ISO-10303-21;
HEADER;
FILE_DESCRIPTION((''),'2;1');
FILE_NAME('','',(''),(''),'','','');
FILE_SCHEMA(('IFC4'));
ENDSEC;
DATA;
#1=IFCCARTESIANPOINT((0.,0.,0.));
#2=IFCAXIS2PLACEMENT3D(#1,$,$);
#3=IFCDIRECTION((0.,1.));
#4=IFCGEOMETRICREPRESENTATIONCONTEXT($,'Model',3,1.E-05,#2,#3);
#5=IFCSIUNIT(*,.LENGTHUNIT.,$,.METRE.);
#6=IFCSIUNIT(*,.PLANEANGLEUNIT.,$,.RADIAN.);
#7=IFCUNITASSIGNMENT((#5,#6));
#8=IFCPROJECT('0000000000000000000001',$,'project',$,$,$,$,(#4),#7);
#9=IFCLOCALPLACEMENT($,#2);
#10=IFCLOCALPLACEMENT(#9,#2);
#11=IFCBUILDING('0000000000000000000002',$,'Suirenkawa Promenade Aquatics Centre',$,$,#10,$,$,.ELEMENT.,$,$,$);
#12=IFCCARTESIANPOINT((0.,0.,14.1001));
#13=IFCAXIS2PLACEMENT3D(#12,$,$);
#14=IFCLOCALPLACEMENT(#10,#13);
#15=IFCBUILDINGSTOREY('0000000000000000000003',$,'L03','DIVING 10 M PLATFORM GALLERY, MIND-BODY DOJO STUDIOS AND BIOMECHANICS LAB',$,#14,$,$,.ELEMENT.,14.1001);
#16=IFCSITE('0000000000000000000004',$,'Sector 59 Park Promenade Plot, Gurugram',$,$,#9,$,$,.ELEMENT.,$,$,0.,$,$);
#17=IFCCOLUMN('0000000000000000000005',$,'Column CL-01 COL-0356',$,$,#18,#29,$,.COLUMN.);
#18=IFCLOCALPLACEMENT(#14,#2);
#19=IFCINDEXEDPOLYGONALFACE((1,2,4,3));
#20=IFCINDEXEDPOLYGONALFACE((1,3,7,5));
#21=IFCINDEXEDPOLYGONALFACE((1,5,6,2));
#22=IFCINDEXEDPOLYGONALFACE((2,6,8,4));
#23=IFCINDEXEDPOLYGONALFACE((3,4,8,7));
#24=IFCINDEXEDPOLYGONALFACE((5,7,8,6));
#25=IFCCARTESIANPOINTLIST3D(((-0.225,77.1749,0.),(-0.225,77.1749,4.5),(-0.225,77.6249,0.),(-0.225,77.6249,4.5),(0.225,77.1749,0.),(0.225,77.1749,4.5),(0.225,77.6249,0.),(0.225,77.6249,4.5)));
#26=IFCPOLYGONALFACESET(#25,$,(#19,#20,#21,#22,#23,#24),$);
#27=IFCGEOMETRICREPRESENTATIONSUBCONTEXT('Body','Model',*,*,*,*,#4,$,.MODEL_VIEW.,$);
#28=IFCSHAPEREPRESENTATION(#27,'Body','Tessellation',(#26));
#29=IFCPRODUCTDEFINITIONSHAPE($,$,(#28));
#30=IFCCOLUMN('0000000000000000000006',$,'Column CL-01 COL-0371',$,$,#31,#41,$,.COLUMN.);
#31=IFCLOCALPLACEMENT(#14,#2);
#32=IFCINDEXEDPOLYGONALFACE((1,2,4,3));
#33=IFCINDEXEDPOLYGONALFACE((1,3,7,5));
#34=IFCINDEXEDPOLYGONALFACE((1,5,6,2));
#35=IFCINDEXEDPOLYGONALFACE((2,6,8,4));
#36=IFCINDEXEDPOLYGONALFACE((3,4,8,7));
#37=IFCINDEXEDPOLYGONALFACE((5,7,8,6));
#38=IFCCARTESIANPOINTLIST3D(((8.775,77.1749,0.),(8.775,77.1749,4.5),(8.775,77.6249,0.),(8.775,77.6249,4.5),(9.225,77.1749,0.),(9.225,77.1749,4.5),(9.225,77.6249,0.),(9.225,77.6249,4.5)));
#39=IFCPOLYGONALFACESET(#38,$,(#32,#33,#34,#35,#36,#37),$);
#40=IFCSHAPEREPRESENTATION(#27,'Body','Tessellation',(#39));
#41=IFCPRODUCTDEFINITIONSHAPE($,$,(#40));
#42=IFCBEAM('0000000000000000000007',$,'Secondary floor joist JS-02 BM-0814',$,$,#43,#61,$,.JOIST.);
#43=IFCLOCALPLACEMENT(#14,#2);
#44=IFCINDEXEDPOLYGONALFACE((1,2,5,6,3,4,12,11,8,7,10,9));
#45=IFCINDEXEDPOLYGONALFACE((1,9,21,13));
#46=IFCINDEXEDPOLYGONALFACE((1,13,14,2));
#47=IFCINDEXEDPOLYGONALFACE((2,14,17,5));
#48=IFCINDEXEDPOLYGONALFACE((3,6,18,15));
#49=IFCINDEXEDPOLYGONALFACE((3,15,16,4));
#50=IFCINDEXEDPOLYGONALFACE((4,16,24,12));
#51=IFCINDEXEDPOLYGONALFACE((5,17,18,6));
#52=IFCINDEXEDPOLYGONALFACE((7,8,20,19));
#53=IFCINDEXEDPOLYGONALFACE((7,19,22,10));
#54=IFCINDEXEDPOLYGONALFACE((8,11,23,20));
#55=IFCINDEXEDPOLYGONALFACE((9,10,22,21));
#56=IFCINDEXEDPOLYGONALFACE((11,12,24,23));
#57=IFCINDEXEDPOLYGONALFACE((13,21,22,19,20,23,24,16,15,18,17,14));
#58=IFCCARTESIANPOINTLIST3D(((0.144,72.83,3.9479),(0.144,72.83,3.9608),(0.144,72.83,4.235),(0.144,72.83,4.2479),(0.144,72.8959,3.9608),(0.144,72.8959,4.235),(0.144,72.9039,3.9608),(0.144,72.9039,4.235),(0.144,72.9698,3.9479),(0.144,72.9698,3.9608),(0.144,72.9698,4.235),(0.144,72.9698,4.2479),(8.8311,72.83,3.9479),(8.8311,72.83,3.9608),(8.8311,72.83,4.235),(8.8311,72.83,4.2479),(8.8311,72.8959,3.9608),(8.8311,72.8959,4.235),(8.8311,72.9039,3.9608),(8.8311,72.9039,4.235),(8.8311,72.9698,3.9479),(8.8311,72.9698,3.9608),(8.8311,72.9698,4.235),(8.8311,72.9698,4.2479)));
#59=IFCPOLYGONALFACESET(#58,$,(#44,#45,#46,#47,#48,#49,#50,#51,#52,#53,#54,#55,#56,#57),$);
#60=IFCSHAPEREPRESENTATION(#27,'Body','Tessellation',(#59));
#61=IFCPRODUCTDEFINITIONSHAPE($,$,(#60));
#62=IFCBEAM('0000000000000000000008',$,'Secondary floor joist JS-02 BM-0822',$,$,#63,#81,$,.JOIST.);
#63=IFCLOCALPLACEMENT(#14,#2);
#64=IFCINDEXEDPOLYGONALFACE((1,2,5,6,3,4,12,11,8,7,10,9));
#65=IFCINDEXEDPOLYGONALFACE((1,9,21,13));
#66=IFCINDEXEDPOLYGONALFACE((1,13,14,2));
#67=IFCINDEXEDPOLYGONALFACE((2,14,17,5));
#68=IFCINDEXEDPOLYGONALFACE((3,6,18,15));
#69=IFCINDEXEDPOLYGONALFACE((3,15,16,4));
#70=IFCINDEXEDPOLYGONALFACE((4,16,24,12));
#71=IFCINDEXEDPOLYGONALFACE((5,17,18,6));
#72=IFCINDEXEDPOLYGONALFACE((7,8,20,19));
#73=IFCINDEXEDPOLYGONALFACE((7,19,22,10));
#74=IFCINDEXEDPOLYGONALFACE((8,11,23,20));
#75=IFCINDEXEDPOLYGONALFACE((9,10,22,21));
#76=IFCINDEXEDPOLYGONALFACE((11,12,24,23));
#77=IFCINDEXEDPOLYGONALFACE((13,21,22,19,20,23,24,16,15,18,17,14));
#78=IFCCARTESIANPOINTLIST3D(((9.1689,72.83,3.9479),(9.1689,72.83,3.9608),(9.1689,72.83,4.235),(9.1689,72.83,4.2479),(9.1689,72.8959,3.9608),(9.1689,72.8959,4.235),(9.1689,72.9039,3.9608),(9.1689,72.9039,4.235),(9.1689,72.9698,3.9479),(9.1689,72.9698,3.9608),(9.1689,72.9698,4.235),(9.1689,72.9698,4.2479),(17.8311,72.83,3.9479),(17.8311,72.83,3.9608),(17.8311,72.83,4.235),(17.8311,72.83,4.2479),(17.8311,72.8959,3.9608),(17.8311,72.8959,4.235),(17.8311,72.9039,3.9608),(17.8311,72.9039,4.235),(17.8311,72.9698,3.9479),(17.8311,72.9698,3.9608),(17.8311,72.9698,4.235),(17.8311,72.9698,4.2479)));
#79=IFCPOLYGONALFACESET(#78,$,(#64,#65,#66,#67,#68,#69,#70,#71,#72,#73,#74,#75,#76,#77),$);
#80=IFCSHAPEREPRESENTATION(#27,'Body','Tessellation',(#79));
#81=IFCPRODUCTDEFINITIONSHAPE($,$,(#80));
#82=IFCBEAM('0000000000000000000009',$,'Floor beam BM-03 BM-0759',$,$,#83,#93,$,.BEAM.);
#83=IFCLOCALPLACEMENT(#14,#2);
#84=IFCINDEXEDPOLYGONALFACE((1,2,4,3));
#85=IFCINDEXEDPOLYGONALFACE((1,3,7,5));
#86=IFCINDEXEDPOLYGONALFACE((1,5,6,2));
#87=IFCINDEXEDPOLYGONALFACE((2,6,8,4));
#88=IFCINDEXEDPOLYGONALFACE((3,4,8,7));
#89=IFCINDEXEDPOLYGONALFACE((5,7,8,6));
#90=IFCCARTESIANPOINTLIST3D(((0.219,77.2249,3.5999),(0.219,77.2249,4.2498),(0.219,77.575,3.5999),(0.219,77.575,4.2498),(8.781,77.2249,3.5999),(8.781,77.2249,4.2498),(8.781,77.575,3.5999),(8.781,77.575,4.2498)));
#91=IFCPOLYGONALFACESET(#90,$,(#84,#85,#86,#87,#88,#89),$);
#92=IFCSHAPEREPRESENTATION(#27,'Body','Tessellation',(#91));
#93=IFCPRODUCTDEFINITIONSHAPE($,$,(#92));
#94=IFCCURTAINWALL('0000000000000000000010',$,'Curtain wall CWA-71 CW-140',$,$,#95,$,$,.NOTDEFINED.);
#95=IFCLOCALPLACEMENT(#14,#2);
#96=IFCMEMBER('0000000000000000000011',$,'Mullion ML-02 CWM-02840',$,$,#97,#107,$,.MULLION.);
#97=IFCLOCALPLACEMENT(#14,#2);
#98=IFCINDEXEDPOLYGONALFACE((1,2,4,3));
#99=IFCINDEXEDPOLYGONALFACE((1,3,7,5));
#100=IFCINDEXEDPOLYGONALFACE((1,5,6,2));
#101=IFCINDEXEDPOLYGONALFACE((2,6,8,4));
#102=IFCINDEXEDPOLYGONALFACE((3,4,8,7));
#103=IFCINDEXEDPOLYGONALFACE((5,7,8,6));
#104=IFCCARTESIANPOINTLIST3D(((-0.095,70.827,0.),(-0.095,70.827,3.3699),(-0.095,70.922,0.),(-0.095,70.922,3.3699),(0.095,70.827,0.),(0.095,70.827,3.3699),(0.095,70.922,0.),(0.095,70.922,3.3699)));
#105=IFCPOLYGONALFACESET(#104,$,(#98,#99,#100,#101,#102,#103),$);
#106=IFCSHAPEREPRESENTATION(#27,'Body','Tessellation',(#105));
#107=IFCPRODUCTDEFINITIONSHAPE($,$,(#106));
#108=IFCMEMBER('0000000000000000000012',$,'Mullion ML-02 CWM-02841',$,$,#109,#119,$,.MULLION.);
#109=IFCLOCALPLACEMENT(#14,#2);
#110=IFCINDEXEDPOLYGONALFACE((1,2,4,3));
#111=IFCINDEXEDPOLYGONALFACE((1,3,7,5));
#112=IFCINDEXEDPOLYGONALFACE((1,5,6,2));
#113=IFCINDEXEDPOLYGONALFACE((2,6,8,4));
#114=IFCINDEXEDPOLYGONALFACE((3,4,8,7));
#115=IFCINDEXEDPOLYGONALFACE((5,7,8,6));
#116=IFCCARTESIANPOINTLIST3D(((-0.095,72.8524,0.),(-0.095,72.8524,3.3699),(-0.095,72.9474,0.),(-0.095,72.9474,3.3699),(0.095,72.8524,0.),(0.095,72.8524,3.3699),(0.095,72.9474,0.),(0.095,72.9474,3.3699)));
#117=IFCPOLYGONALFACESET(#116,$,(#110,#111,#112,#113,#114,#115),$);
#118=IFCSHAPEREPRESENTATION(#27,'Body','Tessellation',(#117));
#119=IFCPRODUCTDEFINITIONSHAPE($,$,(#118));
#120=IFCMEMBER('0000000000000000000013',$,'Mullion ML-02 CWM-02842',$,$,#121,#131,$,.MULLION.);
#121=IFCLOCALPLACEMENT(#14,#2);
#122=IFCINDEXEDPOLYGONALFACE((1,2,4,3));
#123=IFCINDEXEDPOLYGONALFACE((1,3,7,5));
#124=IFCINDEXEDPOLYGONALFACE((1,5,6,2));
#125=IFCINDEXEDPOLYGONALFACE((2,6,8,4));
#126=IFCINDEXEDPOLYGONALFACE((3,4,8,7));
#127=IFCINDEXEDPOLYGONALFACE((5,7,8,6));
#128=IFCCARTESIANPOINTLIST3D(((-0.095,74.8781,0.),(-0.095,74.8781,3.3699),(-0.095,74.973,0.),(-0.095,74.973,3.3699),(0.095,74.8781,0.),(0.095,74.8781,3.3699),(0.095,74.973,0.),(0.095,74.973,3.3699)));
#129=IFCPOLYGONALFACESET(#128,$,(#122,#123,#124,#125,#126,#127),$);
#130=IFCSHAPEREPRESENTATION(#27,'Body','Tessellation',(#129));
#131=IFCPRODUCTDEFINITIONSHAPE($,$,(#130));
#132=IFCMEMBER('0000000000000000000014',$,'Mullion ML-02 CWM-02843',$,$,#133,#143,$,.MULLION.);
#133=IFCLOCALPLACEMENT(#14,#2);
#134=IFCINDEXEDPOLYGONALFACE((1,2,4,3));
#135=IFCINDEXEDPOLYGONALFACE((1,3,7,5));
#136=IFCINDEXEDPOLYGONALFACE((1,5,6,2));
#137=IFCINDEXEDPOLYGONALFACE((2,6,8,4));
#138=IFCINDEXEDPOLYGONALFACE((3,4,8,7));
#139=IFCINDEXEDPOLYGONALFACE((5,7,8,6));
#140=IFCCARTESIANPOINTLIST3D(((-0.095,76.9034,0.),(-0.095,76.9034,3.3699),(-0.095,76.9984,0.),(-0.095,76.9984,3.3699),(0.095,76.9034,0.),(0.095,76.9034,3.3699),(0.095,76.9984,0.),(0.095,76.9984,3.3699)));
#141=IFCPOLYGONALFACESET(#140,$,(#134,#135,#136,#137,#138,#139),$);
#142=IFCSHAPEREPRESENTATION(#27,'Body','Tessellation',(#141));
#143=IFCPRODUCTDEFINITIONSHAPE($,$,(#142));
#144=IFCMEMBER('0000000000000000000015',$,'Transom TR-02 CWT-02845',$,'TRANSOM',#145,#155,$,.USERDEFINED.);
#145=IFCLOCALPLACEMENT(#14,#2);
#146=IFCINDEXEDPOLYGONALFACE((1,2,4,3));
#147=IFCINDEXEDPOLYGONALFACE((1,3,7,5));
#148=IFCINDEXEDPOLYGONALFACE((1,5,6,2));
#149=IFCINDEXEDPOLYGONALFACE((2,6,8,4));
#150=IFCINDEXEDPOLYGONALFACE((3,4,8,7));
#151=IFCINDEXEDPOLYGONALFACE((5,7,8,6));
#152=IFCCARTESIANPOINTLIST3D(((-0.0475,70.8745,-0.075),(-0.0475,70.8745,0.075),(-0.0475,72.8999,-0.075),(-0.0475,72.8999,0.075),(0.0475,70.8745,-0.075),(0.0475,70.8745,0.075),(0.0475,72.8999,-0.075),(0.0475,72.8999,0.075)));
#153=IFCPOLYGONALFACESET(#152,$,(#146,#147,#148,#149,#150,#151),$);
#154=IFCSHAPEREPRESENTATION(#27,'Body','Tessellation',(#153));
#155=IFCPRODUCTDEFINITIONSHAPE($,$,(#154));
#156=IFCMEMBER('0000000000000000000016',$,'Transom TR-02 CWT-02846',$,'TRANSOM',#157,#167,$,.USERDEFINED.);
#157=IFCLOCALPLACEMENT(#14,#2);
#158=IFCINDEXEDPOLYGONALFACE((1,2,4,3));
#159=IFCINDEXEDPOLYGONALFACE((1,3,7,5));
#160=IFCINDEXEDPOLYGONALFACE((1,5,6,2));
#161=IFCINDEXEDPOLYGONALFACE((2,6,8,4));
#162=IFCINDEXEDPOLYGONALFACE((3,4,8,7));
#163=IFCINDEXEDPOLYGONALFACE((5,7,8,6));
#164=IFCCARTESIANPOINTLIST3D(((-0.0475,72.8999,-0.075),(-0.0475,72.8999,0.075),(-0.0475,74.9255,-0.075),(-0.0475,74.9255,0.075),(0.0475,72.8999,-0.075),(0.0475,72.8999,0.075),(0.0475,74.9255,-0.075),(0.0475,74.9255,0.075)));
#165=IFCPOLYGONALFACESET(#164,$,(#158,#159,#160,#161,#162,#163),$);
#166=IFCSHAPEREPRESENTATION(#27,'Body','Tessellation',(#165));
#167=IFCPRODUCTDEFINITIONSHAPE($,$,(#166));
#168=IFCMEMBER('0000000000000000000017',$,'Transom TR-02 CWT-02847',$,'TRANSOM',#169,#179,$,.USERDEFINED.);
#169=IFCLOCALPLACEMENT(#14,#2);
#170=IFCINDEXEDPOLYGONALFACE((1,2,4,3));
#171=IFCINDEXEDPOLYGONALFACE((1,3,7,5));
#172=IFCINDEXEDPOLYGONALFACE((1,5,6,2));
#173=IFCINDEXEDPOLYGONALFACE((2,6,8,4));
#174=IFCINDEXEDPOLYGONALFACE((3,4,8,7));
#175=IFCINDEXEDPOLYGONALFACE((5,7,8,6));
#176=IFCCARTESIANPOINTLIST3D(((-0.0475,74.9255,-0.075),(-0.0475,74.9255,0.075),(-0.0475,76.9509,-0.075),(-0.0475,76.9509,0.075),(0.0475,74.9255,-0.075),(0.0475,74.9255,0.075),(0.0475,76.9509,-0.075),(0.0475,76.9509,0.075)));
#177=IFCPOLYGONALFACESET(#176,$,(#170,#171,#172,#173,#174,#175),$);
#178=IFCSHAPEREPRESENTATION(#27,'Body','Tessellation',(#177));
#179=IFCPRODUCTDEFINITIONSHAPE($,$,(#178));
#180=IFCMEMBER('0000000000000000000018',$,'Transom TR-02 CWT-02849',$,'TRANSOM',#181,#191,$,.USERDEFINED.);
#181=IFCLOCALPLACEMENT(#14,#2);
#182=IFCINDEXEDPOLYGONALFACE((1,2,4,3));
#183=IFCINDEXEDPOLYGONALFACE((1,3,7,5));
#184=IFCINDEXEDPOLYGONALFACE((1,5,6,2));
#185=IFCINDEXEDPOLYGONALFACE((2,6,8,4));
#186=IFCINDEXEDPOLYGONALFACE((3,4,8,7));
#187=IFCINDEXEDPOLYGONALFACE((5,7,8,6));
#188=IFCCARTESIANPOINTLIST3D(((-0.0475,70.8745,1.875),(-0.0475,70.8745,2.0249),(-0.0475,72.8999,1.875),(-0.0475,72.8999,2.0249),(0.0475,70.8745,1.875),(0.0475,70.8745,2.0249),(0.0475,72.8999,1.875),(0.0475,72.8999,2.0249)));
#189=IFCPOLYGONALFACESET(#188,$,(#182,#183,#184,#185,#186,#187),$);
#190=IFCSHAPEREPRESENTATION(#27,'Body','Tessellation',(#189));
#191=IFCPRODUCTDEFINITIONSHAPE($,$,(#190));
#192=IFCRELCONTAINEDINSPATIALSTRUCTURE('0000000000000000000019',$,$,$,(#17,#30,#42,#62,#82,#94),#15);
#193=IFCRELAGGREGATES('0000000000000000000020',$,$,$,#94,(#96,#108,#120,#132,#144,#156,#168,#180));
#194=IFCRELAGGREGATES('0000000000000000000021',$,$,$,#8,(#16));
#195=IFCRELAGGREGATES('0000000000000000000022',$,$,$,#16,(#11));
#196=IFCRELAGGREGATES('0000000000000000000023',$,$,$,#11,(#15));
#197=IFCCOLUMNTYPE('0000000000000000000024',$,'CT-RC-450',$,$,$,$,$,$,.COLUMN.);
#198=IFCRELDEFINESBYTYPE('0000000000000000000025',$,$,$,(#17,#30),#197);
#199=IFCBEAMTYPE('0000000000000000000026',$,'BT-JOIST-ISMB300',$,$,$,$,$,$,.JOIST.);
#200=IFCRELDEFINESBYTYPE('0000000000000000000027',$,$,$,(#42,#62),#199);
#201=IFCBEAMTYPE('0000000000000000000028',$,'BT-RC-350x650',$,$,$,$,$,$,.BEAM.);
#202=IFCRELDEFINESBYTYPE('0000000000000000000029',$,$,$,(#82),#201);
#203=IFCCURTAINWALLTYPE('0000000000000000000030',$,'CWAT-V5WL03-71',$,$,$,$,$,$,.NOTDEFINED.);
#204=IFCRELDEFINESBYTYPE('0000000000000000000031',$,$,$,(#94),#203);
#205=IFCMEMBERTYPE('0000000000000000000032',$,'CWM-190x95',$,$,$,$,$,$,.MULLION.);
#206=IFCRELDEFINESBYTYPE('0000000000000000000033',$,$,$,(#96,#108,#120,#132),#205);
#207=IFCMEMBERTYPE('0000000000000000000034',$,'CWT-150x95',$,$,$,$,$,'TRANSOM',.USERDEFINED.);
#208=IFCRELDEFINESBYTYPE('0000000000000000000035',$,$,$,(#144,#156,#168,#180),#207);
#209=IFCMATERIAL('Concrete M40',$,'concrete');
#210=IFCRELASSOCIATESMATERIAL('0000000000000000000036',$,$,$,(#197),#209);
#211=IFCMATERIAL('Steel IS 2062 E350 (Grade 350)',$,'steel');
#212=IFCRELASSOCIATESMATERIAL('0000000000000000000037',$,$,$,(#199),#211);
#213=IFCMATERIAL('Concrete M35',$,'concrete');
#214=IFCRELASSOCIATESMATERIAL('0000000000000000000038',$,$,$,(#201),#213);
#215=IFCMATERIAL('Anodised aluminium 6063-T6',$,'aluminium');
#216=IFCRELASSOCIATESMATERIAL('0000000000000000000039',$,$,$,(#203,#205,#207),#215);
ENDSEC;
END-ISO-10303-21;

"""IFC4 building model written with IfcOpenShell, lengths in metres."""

from ifc_helpers import new_model, si_unit, direction, frame, origin, origin_2d, place, context, subcontext, project, spatial, rectangle, i_section, extrude, material, material_profile, profile_set, type_object, element, aggregate, save


model = new_model("IFC4")

# Units and contexts
model_context = context("Model", 3, precision=1e-05, world=origin(), true_north=direction((0.0, 1.0)))
body_context = subcontext(model_context, "Body", "Model", "MODEL_VIEW")
ifc_project = project(units=[si_unit("LENGTHUNIT", "METRE"), si_unit("PLANEANGLEUNIT", "RADIAN")], contexts=[model_context])

# Site, building, storey
site_placement = place(None, origin())
site = spatial("IfcSite", under=ifc_project, at=site_placement, Name="Sector 59 Park Promenade Plot, Gurugram", CompositionType="ELEMENT", RefElevation=0.0)
building_placement = place(site_placement, origin())
building = spatial("IfcBuilding", under=site, at=building_placement, Name="Suirenkawa Promenade Aquatics Centre", CompositionType="ELEMENT")
storey_placement = place(building_placement, frame((0.0, 0.0, 14.1001)))
storey = spatial("IfcBuildingStorey", under=building, at=storey_placement, Name="L03", Description="DIVING 10 M PLATFORM GALLERY, MIND-BODY DOJO STUDIOS AND BIOMECHANICS LAB", CompositionType="ELEMENT", Elevation=14.1001)

# Columns
ifc_material_1 = material(Name="Concrete M40", Category="concrete")
ifc_material_profile_1 = material_profile(ifc_material_1, rectangle(XDim=0.45, YDim=0.45, at=origin_2d()), Name="RC COL 450x450", Category="concrete")
ifc_profile_set_1 = profile_set([ifc_material_profile_1], Name="Concrete M40")
column_type = type_object("IfcColumnType", Name="CT-RC-450", PredefinedType="COLUMN", material=ifc_profile_set_1)
for number, where, z_axis, x_axis, name in (
    (1, (0.0, 77.3999, 0.0), (0.0, 0.0, 1.0), (1.0, 0.0, 0.0), "Column CL-01 COL-0356"),
    (2, (9.0, 77.3999, 0.0), (0.0, 0.0, 1.0), (1.0, 0.0, 0.0), "Column CL-01 COL-0371"),
):
    element("IfcColumn", number, at=place(storey_placement, frame(where, z_axis=z_axis, x_axis=x_axis)), inside=storey, type_object=column_type, Name=name, PredefinedType="COLUMN", context=body_context, shape_type="SweptSolid", body=[
        extrude(rectangle(XDim=0.45, YDim=0.45, at=origin_2d()), origin(), (0.0, 0.0, 1.0), 4.5),
    ])

# Beams
ifc_material_2 = material(Name="Steel IS 2062 E350 (Grade 350)", Category="steel")
ifc_material_profile_2 = material_profile(ifc_material_2, i_section(OverallWidth=0.1399, OverallDepth=0.3, WebThickness=0.0081, FlangeThickness=0.0129, at=origin_2d()), Name="ISMB 300", Category="steel")
ifc_profile_set_2 = profile_set([ifc_material_profile_2], Name="Steel IS 2062 E350 (Grade 350)")
beam_type_1 = type_object("IfcBeamType", Name="BT-JOIST-ISMB300", PredefinedType="JOIST", material=ifc_profile_set_2)
beam_1_placement = place(storey_placement, frame((0.144, 72.8999, 4.0979), z_axis=(1.0, 0.0, 0.0), x_axis=(0.0, 1.0, 0.0)))
element("IfcBeam", 3, at=beam_1_placement, inside=storey, type_object=beam_type_1, Name="Secondary floor joist JS-02 BM-0814", PredefinedType="JOIST", context=body_context, shape_type="SweptSolid", body=[
    extrude(i_section(OverallWidth=0.1399, OverallDepth=0.3, WebThickness=0.0081, FlangeThickness=0.0129, at=origin_2d()), origin(), (0.0, 0.0, 1.0), 8.687),
])
beam_2_placement = place(storey_placement, frame((9.1689, 72.8999, 4.0979), z_axis=(1.0, 0.0, 0.0), x_axis=(0.0, 1.0, 0.0)))
element("IfcBeam", 4, at=beam_2_placement, inside=storey, type_object=beam_type_1, Name="Secondary floor joist JS-02 BM-0822", PredefinedType="JOIST", context=body_context, shape_type="SweptSolid", body=[
    extrude(i_section(OverallWidth=0.1399, OverallDepth=0.3, WebThickness=0.0081, FlangeThickness=0.0129, at=origin_2d()), origin(), (0.0, 0.0, 1.0), 8.6621),
])
ifc_material_3 = material(Name="Concrete M35", Category="concrete")
ifc_material_profile_3 = material_profile(ifc_material_3, rectangle(XDim=0.3501, YDim=0.6499, at=origin_2d()), Name="RC BM 350x650", Category="concrete")
ifc_profile_set_3 = profile_set([ifc_material_profile_3], Name="Concrete M35")
beam_type_2 = type_object("IfcBeamType", Name="BT-RC-350x650", PredefinedType="BEAM", material=ifc_profile_set_3)
beam_3_placement = place(storey_placement, frame((0.219, 77.3999, 3.9248), z_axis=(1.0, 0.0, 0.0), x_axis=(0.0, 1.0, 0.0)))
element("IfcBeam", 5, at=beam_3_placement, inside=storey, type_object=beam_type_2, Name="Floor beam BM-03 BM-0759", PredefinedType="BEAM", context=body_context, shape_type="SweptSolid", body=[
    extrude(rectangle(XDim=0.3501, YDim=0.6499, at=origin_2d()), origin(), (0.0, 0.0, 1.0), 8.562),
])

# Curtain wall, members
ifc_material_4 = material(Name="Anodised aluminium 6063-T6", Category="aluminium")
curtain_wall_type = type_object("IfcCurtainWallType", Name="CWAT-V5WL03-71", PredefinedType="NOTDEFINED", material=ifc_material_4)
curtain_wall_placement = place(storey_placement, origin())
curtain_wall = element("IfcCurtainWall", 6, at=curtain_wall_placement, inside=storey, type_object=curtain_wall_type, Name="Curtain wall CWA-71 CW-140", PredefinedType="NOTDEFINED")
ifc_material_profile_4 = material_profile(ifc_material_4, rectangle(XDim=0.095, YDim=0.1899, at=origin_2d()), Name="ALU MULL 95x190", Category="aluminium")
ifc_profile_set_4 = profile_set([ifc_material_profile_4], Name="Anodised aluminium 6063-T6")
member_type_1 = type_object("IfcMemberType", Name="CWM-190x95", PredefinedType="MULLION", material=ifc_profile_set_4)
member_1_placement = place(storey_placement, frame((0.0, 70.8745, 0.0), z_axis=(0.0, 0.0, 1.0), x_axis=(0.0, 1.0, 0.0)))
member_1 = element("IfcMember", 7, at=member_1_placement, type_object=member_type_1, Name="Mullion ML-02 CWM-02840", PredefinedType="MULLION", context=body_context, shape_type="SweptSolid", body=[
    extrude(rectangle(XDim=0.095, YDim=0.1899, at=origin_2d()), origin(), (0.0, 0.0, 1.0), 3.3699),
])
member_2_placement = place(storey_placement, frame((0.0, 72.8999, 0.0), z_axis=(0.0, 0.0, 1.0), x_axis=(0.0, 1.0, 0.0)))
member_2 = element("IfcMember", 8, at=member_2_placement, type_object=member_type_1, Name="Mullion ML-02 CWM-02841", PredefinedType="MULLION", context=body_context, shape_type="SweptSolid", body=[
    extrude(rectangle(XDim=0.095, YDim=0.1899, at=origin_2d()), origin(), (0.0, 0.0, 1.0), 3.3699),
])
member_3_placement = place(storey_placement, frame((0.0, 74.9255, 0.0), z_axis=(0.0, 0.0, 1.0), x_axis=(0.0, 1.0, 0.0)))
member_3 = element("IfcMember", 9, at=member_3_placement, type_object=member_type_1, Name="Mullion ML-02 CWM-02842", PredefinedType="MULLION", context=body_context, shape_type="SweptSolid", body=[
    extrude(rectangle(XDim=0.095, YDim=0.1899, at=origin_2d()), origin(), (0.0, 0.0, 1.0), 3.3699),
])
member_4_placement = place(storey_placement, frame((0.0, 76.9509, 0.0), z_axis=(0.0, 0.0, 1.0), x_axis=(0.0, 1.0, 0.0)))
member_4 = element("IfcMember", 10, at=member_4_placement, type_object=member_type_1, Name="Mullion ML-02 CWM-02843", PredefinedType="MULLION", context=body_context, shape_type="SweptSolid", body=[
    extrude(rectangle(XDim=0.095, YDim=0.1899, at=origin_2d()), origin(), (0.0, 0.0, 1.0), 3.3699),
])
ifc_material_profile_5 = material_profile(ifc_material_4, rectangle(XDim=0.095, YDim=0.1499, at=origin_2d()), Name="ALU TRAN 95x150", Category="aluminium")
ifc_profile_set_5 = profile_set([ifc_material_profile_5], Name="Anodised aluminium 6063-T6")
member_type_2 = type_object("IfcMemberType", Name="CWT-150x95", ElementType="TRANSOM", PredefinedType="USERDEFINED", material=ifc_profile_set_5)
member_5_placement = place(storey_placement, frame((0.0, 70.8745, 0.0), z_axis=(0.0, 1.0, 0.0), x_axis=(-1.0, 0.0, 0.0)))
member_5 = element("IfcMember", 11, at=member_5_placement, type_object=member_type_2, Name="Transom TR-02 CWT-02845", ObjectType="TRANSOM", PredefinedType="USERDEFINED", context=body_context, shape_type="SweptSolid", body=[
    extrude(rectangle(XDim=0.095, YDim=0.1499, at=origin_2d()), origin(), (0.0, 0.0, 1.0), 2.0254),
])
member_6_placement = place(storey_placement, frame((0.0, 72.8999, 0.0), z_axis=(0.0, 1.0, 0.0), x_axis=(-1.0, 0.0, 0.0)))
member_6 = element("IfcMember", 12, at=member_6_placement, type_object=member_type_2, Name="Transom TR-02 CWT-02846", ObjectType="TRANSOM", PredefinedType="USERDEFINED", context=body_context, shape_type="SweptSolid", body=[
    extrude(rectangle(XDim=0.095, YDim=0.1499, at=origin_2d()), origin(), (0.0, 0.0, 1.0), 2.0256),
])
member_7_placement = place(storey_placement, frame((0.0, 74.9255, 0.0), z_axis=(0.0, 1.0, 0.0), x_axis=(-1.0, 0.0, 0.0)))
member_7 = element("IfcMember", 13, at=member_7_placement, type_object=member_type_2, Name="Transom TR-02 CWT-02847", ObjectType="TRANSOM", PredefinedType="USERDEFINED", context=body_context, shape_type="SweptSolid", body=[
    extrude(rectangle(XDim=0.095, YDim=0.1499, at=origin_2d()), origin(), (0.0, 0.0, 1.0), 2.0254),
])
member_8_placement = place(storey_placement, frame((0.0, 70.8745, 1.95), z_axis=(0.0, 1.0, 0.0), x_axis=(-1.0, 0.0, 0.0)))
member_8 = element("IfcMember", 14, at=member_8_placement, type_object=member_type_2, Name="Transom TR-02 CWT-02849", ObjectType="TRANSOM", PredefinedType="USERDEFINED", context=body_context, shape_type="SweptSolid", body=[
    extrude(rectangle(XDim=0.095, YDim=0.1499, at=origin_2d()), origin(), (0.0, 0.0, 1.0), 2.0254),
])
aggregate(curtain_wall, [member_1, member_2, member_3, member_4, member_5, member_6, member_7, member_8])

save(model, "model.ifc")
